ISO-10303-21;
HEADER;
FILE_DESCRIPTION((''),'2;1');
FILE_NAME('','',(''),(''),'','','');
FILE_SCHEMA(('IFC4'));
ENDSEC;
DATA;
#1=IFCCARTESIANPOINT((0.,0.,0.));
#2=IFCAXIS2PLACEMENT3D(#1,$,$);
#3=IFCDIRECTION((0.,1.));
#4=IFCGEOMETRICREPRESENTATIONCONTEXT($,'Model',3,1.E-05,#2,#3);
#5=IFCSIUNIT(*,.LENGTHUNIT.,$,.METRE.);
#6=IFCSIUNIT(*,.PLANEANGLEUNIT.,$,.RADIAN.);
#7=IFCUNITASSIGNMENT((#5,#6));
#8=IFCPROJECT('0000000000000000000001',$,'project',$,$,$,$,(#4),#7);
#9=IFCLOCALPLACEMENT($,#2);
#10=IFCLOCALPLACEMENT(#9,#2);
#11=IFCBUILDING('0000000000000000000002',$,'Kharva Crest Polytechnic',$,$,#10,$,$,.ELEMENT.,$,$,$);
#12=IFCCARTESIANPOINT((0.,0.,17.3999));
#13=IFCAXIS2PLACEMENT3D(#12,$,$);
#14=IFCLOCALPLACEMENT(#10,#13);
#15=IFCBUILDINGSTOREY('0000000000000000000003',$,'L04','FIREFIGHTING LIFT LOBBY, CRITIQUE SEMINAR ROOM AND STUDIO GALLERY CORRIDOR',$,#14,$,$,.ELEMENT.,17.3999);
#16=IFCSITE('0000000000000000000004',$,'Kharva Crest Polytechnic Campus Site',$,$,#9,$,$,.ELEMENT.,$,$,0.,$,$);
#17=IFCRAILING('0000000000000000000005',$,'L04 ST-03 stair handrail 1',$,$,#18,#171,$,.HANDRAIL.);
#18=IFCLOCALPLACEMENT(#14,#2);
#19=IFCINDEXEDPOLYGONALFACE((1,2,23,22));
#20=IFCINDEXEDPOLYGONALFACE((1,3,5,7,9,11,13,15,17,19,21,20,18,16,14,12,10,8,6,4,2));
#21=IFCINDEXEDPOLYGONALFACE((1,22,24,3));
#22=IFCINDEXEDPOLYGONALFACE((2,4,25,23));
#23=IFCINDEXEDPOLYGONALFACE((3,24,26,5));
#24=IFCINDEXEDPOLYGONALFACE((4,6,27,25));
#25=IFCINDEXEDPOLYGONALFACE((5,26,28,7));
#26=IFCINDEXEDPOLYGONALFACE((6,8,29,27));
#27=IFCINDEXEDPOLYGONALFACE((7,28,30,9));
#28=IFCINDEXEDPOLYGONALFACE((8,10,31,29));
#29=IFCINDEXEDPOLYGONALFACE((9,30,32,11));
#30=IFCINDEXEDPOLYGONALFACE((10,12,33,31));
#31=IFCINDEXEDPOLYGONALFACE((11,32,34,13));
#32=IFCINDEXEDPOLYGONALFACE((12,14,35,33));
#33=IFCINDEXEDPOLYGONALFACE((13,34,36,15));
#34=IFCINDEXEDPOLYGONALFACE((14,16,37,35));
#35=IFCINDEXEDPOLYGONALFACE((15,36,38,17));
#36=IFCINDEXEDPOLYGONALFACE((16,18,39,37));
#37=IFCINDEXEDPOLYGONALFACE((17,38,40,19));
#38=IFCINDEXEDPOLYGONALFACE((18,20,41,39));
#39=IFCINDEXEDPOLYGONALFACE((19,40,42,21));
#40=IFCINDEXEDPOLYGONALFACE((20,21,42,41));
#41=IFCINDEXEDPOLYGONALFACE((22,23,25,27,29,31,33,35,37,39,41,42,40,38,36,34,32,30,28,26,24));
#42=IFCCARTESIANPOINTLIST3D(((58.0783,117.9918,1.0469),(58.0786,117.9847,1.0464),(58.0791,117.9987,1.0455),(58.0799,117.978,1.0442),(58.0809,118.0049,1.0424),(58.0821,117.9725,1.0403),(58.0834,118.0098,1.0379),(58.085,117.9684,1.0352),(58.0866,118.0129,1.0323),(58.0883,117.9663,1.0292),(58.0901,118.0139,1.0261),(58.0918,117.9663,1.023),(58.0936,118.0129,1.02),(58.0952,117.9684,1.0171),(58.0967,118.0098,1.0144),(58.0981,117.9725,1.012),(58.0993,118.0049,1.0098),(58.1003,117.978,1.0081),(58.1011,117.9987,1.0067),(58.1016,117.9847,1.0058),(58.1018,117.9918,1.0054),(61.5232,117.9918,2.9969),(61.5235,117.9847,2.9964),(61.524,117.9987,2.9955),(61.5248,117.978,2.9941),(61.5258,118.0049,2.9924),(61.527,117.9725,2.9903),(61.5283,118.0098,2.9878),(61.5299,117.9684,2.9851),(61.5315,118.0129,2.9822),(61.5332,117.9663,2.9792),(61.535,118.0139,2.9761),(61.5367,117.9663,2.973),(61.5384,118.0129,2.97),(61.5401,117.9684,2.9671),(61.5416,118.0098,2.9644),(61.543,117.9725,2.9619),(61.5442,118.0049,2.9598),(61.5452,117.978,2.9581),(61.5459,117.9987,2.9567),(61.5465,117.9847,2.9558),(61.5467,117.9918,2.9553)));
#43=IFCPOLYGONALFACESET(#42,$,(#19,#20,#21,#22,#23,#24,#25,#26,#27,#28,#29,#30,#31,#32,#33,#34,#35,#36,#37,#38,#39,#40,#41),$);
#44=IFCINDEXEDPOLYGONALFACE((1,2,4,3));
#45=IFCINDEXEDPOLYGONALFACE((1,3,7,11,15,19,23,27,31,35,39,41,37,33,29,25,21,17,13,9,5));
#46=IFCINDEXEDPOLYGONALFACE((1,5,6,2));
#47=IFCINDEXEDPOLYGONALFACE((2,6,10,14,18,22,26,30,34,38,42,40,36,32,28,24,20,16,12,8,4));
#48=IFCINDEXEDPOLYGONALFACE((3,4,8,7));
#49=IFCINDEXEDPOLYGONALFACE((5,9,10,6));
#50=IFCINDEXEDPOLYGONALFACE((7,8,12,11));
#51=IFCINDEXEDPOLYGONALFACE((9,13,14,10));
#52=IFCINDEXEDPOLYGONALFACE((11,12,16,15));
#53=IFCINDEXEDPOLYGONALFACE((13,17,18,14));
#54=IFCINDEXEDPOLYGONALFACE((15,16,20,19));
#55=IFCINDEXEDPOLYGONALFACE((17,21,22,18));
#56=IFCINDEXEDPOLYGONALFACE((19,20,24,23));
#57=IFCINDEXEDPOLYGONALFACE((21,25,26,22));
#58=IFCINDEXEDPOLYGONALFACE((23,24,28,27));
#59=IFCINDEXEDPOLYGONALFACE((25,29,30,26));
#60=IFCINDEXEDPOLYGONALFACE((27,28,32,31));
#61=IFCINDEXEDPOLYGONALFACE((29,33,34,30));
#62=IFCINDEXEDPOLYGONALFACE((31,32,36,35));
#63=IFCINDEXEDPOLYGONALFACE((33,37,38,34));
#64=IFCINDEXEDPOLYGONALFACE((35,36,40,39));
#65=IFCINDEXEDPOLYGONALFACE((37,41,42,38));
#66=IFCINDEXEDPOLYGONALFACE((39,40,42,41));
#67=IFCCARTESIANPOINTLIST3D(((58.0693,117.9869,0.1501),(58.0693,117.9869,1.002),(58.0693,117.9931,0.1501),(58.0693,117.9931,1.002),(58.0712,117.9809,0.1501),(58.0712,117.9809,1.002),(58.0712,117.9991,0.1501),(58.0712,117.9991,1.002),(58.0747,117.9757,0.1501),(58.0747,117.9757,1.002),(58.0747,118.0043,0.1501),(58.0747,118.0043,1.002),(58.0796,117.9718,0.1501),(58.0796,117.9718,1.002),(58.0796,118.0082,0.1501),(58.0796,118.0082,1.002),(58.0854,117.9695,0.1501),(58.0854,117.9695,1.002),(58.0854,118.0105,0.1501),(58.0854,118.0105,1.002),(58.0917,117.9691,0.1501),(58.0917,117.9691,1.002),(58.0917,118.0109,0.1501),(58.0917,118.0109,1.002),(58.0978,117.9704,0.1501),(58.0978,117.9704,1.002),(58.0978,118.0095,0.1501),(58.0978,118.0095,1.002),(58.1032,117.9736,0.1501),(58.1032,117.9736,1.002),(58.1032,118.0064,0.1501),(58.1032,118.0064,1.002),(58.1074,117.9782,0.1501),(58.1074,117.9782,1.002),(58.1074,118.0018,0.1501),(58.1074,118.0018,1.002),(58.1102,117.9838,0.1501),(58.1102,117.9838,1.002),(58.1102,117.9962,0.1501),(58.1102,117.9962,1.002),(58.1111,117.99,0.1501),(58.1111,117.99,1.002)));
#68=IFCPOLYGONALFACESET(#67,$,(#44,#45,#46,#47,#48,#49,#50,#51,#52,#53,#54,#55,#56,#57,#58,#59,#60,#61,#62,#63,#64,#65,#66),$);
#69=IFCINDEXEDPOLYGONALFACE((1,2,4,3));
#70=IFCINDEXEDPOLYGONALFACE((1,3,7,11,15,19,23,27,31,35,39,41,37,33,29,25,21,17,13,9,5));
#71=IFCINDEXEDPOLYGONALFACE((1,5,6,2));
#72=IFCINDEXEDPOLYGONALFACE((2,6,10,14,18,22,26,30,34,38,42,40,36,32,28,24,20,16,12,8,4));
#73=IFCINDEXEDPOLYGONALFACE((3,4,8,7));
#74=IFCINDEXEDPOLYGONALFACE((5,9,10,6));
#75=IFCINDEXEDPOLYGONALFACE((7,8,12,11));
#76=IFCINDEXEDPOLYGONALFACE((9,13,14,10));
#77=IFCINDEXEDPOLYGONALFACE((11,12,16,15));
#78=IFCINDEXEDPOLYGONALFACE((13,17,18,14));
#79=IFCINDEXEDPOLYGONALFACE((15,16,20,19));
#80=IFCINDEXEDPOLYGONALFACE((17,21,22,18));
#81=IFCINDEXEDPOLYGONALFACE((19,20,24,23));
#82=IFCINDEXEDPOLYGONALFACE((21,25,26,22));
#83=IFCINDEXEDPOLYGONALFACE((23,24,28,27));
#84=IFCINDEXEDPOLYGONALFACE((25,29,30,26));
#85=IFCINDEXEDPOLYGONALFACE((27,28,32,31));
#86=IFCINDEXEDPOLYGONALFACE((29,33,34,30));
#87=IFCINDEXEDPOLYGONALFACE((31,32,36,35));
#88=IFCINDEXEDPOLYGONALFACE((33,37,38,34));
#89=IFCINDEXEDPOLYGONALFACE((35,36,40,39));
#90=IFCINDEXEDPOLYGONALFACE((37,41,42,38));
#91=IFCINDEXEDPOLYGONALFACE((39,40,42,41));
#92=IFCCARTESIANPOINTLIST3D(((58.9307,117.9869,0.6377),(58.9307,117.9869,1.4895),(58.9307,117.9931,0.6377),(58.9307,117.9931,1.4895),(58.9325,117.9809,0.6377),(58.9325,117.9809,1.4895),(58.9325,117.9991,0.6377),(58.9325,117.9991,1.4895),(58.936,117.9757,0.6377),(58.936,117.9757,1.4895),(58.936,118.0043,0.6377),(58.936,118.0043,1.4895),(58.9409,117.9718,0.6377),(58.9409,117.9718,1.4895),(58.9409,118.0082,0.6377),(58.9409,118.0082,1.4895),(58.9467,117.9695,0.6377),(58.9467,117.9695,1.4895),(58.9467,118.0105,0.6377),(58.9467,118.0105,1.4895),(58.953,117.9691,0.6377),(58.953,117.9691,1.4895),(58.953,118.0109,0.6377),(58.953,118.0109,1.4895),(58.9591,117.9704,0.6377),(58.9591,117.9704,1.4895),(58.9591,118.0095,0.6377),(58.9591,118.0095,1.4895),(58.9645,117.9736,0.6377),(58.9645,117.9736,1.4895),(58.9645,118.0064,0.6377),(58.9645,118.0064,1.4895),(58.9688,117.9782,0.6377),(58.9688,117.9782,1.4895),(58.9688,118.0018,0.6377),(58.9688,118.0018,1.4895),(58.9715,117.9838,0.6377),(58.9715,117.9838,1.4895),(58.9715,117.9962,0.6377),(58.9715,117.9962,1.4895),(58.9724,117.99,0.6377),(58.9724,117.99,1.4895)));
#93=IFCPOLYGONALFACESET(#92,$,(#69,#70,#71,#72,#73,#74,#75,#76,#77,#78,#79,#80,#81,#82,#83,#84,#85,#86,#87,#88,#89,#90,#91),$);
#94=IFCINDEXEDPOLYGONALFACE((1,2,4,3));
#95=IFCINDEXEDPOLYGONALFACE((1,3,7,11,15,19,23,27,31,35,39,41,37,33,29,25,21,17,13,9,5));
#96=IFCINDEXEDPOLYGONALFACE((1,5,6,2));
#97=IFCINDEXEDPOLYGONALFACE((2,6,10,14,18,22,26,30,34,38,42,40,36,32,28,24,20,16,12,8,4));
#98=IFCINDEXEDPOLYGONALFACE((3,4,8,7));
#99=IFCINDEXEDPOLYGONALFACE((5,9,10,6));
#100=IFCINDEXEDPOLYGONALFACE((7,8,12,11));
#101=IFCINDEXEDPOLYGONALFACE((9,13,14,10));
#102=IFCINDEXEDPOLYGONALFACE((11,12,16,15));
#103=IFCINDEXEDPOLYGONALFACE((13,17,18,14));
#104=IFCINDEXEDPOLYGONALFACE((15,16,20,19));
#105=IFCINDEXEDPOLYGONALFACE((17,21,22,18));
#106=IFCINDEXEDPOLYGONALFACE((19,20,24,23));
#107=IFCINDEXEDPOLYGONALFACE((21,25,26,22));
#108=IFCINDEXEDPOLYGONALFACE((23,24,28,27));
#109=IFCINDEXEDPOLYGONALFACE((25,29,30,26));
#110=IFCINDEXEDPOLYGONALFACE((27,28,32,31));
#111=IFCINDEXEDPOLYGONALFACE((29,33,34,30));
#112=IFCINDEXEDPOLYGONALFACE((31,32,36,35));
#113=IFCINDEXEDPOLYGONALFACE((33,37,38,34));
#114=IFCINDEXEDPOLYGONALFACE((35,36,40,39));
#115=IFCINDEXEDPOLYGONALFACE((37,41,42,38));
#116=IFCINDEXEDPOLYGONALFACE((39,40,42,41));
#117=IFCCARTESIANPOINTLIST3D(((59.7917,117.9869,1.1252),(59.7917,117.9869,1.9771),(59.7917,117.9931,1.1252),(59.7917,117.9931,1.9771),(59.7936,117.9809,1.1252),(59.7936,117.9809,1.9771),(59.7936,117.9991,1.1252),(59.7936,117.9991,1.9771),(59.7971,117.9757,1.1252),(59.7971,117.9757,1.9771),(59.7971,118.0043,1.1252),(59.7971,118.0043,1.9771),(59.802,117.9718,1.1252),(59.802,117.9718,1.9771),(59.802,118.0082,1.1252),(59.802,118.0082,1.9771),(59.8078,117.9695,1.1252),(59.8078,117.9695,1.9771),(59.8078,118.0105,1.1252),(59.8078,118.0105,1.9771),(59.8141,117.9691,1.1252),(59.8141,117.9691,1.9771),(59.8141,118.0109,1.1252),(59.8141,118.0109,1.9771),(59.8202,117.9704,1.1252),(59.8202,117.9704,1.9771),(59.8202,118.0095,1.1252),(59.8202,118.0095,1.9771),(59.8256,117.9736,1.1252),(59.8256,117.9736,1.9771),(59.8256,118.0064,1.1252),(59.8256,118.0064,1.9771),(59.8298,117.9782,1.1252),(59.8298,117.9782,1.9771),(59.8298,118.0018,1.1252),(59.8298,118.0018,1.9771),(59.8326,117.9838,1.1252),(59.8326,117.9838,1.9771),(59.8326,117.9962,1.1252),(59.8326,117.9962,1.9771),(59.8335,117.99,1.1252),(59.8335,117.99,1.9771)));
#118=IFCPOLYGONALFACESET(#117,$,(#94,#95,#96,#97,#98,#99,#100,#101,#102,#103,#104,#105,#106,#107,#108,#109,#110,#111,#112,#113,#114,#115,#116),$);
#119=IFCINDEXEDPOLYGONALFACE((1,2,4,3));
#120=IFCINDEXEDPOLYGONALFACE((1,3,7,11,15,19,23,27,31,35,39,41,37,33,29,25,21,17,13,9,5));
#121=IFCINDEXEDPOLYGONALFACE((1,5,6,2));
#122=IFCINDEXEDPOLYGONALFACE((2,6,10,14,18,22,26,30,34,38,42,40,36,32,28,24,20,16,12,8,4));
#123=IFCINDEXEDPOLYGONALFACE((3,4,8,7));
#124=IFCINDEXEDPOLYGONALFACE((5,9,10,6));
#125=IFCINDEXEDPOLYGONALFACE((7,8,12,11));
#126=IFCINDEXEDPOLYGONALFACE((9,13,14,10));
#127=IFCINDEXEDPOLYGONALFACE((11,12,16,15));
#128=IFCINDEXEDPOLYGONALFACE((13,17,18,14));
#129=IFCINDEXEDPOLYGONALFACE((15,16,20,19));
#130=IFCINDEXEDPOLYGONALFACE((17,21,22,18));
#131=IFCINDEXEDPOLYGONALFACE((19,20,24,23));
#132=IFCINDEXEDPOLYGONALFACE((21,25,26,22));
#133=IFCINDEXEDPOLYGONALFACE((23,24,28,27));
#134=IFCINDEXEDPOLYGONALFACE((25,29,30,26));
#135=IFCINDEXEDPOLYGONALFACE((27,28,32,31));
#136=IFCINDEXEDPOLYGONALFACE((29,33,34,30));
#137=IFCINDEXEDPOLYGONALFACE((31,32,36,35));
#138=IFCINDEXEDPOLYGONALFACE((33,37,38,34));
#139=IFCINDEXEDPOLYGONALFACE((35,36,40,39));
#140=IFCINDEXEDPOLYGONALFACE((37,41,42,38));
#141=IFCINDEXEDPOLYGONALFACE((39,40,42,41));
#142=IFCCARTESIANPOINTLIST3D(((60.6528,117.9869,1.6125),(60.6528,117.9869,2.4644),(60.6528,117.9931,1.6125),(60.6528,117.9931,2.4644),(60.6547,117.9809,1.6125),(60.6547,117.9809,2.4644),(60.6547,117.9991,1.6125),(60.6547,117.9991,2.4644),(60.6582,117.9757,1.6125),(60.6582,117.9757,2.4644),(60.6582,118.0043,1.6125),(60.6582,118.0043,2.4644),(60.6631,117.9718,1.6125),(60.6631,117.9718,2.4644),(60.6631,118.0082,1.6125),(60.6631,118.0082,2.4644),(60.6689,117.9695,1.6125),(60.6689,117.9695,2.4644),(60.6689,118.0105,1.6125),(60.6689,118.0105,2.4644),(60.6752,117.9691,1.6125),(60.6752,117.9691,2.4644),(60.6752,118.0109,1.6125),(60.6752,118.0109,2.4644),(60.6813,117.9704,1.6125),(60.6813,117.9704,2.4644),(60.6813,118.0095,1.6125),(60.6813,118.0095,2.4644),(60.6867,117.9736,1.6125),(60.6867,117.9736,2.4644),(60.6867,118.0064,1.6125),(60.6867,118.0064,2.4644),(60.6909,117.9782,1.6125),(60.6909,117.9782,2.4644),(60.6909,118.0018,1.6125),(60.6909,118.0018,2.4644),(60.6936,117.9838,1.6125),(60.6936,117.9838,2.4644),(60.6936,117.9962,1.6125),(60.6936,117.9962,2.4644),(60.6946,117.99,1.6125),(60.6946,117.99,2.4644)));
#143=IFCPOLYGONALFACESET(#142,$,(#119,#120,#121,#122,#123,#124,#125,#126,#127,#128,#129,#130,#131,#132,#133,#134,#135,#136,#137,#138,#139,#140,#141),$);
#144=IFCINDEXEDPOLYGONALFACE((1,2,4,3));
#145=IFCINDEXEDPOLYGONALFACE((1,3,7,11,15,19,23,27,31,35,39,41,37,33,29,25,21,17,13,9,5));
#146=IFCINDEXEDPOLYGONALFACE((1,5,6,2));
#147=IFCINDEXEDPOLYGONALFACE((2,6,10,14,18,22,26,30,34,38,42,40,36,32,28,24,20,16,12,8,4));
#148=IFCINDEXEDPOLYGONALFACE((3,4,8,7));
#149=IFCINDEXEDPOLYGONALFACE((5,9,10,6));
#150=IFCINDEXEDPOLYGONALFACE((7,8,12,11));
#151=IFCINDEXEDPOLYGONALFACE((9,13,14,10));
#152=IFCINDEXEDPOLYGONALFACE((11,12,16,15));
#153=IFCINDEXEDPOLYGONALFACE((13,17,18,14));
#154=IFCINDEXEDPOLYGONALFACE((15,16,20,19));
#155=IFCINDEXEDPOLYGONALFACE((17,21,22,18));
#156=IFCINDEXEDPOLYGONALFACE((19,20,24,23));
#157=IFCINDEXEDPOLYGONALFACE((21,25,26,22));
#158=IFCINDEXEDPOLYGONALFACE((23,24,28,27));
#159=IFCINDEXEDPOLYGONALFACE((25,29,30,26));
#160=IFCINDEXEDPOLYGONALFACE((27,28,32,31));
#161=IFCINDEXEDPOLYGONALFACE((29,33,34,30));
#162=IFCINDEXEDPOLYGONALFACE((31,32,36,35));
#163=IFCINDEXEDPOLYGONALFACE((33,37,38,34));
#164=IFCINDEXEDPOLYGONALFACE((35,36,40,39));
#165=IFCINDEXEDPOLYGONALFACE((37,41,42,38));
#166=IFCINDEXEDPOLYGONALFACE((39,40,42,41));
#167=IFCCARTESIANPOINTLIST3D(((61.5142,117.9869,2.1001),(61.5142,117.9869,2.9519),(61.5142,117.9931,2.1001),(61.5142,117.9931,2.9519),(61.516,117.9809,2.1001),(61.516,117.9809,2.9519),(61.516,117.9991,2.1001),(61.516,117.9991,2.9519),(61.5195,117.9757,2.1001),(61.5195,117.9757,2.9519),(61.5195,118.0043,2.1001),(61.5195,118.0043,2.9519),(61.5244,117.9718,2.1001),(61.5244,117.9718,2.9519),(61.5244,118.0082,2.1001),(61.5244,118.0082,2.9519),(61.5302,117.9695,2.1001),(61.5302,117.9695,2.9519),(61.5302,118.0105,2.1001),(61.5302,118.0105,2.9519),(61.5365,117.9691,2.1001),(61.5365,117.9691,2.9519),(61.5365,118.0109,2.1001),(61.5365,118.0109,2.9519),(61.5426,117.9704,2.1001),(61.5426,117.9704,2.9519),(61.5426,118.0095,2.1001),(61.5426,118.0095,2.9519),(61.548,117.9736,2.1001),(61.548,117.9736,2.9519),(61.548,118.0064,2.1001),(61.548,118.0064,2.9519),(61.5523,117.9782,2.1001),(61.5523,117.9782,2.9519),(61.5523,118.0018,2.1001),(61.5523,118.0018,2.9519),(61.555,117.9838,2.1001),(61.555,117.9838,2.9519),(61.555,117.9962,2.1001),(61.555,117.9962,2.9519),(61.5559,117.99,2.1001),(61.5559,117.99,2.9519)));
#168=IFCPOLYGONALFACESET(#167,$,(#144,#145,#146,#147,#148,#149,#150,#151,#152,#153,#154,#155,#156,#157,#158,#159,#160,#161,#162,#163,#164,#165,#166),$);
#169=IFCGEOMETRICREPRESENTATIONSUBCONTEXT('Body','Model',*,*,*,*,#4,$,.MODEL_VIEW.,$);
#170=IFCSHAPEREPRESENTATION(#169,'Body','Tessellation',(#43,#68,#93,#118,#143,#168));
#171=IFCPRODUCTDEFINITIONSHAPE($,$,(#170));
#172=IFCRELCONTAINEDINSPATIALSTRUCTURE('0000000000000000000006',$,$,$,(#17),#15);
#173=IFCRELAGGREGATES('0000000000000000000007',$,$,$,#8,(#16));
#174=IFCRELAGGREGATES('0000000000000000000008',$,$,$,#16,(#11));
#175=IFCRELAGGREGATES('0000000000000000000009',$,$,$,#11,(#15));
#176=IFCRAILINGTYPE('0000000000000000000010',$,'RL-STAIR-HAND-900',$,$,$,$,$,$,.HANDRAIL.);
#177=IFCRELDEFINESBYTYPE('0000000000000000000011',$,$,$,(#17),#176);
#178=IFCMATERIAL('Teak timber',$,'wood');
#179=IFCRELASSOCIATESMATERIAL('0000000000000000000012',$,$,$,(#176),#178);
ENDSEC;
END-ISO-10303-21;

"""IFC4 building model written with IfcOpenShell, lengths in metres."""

from ifc_helpers import new_model, si_unit, direction, frame, origin, origin_2d, place, context, subcontext, project, spatial, circle, extrude, material, type_object, element, save


model = new_model("IFC4")

# Units and contexts
model_context = context("Model", 3, precision=1e-05, world=origin(), true_north=direction((0.0, 1.0)))
body_context = subcontext(model_context, "Body", "Model", "MODEL_VIEW")
ifc_project = project(units=[si_unit("LENGTHUNIT", "METRE"), si_unit("PLANEANGLEUNIT", "RADIAN")], contexts=[model_context])

# Site, building, storey
site_placement = place(None, origin())
site = spatial("IfcSite", under=ifc_project, at=site_placement, Name="Kharva Crest Polytechnic Campus Site", CompositionType="ELEMENT", RefElevation=0.0)
building_placement = place(site_placement, origin())
building = spatial("IfcBuilding", under=site, at=building_placement, Name="Kharva Crest Polytechnic", CompositionType="ELEMENT")
storey_placement = place(building_placement, frame((0.0, 0.0, 17.3999)))
storey = spatial("IfcBuildingStorey", under=building, at=storey_placement, Name="L04", Description="FIREFIGHTING LIFT LOBBY, CRITIQUE SEMINAR ROOM AND STUDIO GALLERY CORRIDOR", CompositionType="ELEMENT", Elevation=17.3999)

# Shared definitions
ifc_material_1 = material(Name="Teak timber", Category="wood")

# Railing
railing_type_1 = type_object("IfcRailingType", Name="RL-STAIR-HAND-900", PredefinedType="HANDRAIL", material=ifc_material_1)
railing_1_placement = place(storey_placement, frame((58.0901, 117.99, 0.1501)))
element("IfcRailing", 1, at=railing_1_placement, inside=storey, type_object=railing_type_1, Name="L04 ST-03 stair handrail 1", PredefinedType="HANDRAIL", context=body_context, shape_type="SweptSolid", body=[
    extrude(circle(Radius=0.0239, at=origin_2d()), frame((0.0, 0.0, 0.876), z_axis=(0.870251, 0.0, 0.492608), x_axis=(0.0, 1.0, 0.0)), (0.0, 0.0, 1.0), 3.9585),
    extrude(circle(Radius=0.021, at=origin_2d()), origin(), (0.0, 0.0, 1.0), 0.8518),
    extrude(circle(Radius=0.021, at=origin_2d()), frame((0.8613, 0.0, 0.4875)), (0.0, 0.0, 1.0), 0.8518),
    extrude(circle(Radius=0.021, at=origin_2d()), frame((1.7224, 0.0, 0.9751)), (0.0, 0.0, 1.0), 0.8518),
    extrude(circle(Radius=0.021, at=origin_2d()), frame((2.5835, 0.0, 1.4624)), (0.0, 0.0, 1.0), 0.8518),
    extrude(circle(Radius=0.021, at=origin_2d()), frame((3.4448, 0.0, 1.95)), (0.0, 0.0, 1.0), 0.8518),
])

save(model, "model.ifc")
